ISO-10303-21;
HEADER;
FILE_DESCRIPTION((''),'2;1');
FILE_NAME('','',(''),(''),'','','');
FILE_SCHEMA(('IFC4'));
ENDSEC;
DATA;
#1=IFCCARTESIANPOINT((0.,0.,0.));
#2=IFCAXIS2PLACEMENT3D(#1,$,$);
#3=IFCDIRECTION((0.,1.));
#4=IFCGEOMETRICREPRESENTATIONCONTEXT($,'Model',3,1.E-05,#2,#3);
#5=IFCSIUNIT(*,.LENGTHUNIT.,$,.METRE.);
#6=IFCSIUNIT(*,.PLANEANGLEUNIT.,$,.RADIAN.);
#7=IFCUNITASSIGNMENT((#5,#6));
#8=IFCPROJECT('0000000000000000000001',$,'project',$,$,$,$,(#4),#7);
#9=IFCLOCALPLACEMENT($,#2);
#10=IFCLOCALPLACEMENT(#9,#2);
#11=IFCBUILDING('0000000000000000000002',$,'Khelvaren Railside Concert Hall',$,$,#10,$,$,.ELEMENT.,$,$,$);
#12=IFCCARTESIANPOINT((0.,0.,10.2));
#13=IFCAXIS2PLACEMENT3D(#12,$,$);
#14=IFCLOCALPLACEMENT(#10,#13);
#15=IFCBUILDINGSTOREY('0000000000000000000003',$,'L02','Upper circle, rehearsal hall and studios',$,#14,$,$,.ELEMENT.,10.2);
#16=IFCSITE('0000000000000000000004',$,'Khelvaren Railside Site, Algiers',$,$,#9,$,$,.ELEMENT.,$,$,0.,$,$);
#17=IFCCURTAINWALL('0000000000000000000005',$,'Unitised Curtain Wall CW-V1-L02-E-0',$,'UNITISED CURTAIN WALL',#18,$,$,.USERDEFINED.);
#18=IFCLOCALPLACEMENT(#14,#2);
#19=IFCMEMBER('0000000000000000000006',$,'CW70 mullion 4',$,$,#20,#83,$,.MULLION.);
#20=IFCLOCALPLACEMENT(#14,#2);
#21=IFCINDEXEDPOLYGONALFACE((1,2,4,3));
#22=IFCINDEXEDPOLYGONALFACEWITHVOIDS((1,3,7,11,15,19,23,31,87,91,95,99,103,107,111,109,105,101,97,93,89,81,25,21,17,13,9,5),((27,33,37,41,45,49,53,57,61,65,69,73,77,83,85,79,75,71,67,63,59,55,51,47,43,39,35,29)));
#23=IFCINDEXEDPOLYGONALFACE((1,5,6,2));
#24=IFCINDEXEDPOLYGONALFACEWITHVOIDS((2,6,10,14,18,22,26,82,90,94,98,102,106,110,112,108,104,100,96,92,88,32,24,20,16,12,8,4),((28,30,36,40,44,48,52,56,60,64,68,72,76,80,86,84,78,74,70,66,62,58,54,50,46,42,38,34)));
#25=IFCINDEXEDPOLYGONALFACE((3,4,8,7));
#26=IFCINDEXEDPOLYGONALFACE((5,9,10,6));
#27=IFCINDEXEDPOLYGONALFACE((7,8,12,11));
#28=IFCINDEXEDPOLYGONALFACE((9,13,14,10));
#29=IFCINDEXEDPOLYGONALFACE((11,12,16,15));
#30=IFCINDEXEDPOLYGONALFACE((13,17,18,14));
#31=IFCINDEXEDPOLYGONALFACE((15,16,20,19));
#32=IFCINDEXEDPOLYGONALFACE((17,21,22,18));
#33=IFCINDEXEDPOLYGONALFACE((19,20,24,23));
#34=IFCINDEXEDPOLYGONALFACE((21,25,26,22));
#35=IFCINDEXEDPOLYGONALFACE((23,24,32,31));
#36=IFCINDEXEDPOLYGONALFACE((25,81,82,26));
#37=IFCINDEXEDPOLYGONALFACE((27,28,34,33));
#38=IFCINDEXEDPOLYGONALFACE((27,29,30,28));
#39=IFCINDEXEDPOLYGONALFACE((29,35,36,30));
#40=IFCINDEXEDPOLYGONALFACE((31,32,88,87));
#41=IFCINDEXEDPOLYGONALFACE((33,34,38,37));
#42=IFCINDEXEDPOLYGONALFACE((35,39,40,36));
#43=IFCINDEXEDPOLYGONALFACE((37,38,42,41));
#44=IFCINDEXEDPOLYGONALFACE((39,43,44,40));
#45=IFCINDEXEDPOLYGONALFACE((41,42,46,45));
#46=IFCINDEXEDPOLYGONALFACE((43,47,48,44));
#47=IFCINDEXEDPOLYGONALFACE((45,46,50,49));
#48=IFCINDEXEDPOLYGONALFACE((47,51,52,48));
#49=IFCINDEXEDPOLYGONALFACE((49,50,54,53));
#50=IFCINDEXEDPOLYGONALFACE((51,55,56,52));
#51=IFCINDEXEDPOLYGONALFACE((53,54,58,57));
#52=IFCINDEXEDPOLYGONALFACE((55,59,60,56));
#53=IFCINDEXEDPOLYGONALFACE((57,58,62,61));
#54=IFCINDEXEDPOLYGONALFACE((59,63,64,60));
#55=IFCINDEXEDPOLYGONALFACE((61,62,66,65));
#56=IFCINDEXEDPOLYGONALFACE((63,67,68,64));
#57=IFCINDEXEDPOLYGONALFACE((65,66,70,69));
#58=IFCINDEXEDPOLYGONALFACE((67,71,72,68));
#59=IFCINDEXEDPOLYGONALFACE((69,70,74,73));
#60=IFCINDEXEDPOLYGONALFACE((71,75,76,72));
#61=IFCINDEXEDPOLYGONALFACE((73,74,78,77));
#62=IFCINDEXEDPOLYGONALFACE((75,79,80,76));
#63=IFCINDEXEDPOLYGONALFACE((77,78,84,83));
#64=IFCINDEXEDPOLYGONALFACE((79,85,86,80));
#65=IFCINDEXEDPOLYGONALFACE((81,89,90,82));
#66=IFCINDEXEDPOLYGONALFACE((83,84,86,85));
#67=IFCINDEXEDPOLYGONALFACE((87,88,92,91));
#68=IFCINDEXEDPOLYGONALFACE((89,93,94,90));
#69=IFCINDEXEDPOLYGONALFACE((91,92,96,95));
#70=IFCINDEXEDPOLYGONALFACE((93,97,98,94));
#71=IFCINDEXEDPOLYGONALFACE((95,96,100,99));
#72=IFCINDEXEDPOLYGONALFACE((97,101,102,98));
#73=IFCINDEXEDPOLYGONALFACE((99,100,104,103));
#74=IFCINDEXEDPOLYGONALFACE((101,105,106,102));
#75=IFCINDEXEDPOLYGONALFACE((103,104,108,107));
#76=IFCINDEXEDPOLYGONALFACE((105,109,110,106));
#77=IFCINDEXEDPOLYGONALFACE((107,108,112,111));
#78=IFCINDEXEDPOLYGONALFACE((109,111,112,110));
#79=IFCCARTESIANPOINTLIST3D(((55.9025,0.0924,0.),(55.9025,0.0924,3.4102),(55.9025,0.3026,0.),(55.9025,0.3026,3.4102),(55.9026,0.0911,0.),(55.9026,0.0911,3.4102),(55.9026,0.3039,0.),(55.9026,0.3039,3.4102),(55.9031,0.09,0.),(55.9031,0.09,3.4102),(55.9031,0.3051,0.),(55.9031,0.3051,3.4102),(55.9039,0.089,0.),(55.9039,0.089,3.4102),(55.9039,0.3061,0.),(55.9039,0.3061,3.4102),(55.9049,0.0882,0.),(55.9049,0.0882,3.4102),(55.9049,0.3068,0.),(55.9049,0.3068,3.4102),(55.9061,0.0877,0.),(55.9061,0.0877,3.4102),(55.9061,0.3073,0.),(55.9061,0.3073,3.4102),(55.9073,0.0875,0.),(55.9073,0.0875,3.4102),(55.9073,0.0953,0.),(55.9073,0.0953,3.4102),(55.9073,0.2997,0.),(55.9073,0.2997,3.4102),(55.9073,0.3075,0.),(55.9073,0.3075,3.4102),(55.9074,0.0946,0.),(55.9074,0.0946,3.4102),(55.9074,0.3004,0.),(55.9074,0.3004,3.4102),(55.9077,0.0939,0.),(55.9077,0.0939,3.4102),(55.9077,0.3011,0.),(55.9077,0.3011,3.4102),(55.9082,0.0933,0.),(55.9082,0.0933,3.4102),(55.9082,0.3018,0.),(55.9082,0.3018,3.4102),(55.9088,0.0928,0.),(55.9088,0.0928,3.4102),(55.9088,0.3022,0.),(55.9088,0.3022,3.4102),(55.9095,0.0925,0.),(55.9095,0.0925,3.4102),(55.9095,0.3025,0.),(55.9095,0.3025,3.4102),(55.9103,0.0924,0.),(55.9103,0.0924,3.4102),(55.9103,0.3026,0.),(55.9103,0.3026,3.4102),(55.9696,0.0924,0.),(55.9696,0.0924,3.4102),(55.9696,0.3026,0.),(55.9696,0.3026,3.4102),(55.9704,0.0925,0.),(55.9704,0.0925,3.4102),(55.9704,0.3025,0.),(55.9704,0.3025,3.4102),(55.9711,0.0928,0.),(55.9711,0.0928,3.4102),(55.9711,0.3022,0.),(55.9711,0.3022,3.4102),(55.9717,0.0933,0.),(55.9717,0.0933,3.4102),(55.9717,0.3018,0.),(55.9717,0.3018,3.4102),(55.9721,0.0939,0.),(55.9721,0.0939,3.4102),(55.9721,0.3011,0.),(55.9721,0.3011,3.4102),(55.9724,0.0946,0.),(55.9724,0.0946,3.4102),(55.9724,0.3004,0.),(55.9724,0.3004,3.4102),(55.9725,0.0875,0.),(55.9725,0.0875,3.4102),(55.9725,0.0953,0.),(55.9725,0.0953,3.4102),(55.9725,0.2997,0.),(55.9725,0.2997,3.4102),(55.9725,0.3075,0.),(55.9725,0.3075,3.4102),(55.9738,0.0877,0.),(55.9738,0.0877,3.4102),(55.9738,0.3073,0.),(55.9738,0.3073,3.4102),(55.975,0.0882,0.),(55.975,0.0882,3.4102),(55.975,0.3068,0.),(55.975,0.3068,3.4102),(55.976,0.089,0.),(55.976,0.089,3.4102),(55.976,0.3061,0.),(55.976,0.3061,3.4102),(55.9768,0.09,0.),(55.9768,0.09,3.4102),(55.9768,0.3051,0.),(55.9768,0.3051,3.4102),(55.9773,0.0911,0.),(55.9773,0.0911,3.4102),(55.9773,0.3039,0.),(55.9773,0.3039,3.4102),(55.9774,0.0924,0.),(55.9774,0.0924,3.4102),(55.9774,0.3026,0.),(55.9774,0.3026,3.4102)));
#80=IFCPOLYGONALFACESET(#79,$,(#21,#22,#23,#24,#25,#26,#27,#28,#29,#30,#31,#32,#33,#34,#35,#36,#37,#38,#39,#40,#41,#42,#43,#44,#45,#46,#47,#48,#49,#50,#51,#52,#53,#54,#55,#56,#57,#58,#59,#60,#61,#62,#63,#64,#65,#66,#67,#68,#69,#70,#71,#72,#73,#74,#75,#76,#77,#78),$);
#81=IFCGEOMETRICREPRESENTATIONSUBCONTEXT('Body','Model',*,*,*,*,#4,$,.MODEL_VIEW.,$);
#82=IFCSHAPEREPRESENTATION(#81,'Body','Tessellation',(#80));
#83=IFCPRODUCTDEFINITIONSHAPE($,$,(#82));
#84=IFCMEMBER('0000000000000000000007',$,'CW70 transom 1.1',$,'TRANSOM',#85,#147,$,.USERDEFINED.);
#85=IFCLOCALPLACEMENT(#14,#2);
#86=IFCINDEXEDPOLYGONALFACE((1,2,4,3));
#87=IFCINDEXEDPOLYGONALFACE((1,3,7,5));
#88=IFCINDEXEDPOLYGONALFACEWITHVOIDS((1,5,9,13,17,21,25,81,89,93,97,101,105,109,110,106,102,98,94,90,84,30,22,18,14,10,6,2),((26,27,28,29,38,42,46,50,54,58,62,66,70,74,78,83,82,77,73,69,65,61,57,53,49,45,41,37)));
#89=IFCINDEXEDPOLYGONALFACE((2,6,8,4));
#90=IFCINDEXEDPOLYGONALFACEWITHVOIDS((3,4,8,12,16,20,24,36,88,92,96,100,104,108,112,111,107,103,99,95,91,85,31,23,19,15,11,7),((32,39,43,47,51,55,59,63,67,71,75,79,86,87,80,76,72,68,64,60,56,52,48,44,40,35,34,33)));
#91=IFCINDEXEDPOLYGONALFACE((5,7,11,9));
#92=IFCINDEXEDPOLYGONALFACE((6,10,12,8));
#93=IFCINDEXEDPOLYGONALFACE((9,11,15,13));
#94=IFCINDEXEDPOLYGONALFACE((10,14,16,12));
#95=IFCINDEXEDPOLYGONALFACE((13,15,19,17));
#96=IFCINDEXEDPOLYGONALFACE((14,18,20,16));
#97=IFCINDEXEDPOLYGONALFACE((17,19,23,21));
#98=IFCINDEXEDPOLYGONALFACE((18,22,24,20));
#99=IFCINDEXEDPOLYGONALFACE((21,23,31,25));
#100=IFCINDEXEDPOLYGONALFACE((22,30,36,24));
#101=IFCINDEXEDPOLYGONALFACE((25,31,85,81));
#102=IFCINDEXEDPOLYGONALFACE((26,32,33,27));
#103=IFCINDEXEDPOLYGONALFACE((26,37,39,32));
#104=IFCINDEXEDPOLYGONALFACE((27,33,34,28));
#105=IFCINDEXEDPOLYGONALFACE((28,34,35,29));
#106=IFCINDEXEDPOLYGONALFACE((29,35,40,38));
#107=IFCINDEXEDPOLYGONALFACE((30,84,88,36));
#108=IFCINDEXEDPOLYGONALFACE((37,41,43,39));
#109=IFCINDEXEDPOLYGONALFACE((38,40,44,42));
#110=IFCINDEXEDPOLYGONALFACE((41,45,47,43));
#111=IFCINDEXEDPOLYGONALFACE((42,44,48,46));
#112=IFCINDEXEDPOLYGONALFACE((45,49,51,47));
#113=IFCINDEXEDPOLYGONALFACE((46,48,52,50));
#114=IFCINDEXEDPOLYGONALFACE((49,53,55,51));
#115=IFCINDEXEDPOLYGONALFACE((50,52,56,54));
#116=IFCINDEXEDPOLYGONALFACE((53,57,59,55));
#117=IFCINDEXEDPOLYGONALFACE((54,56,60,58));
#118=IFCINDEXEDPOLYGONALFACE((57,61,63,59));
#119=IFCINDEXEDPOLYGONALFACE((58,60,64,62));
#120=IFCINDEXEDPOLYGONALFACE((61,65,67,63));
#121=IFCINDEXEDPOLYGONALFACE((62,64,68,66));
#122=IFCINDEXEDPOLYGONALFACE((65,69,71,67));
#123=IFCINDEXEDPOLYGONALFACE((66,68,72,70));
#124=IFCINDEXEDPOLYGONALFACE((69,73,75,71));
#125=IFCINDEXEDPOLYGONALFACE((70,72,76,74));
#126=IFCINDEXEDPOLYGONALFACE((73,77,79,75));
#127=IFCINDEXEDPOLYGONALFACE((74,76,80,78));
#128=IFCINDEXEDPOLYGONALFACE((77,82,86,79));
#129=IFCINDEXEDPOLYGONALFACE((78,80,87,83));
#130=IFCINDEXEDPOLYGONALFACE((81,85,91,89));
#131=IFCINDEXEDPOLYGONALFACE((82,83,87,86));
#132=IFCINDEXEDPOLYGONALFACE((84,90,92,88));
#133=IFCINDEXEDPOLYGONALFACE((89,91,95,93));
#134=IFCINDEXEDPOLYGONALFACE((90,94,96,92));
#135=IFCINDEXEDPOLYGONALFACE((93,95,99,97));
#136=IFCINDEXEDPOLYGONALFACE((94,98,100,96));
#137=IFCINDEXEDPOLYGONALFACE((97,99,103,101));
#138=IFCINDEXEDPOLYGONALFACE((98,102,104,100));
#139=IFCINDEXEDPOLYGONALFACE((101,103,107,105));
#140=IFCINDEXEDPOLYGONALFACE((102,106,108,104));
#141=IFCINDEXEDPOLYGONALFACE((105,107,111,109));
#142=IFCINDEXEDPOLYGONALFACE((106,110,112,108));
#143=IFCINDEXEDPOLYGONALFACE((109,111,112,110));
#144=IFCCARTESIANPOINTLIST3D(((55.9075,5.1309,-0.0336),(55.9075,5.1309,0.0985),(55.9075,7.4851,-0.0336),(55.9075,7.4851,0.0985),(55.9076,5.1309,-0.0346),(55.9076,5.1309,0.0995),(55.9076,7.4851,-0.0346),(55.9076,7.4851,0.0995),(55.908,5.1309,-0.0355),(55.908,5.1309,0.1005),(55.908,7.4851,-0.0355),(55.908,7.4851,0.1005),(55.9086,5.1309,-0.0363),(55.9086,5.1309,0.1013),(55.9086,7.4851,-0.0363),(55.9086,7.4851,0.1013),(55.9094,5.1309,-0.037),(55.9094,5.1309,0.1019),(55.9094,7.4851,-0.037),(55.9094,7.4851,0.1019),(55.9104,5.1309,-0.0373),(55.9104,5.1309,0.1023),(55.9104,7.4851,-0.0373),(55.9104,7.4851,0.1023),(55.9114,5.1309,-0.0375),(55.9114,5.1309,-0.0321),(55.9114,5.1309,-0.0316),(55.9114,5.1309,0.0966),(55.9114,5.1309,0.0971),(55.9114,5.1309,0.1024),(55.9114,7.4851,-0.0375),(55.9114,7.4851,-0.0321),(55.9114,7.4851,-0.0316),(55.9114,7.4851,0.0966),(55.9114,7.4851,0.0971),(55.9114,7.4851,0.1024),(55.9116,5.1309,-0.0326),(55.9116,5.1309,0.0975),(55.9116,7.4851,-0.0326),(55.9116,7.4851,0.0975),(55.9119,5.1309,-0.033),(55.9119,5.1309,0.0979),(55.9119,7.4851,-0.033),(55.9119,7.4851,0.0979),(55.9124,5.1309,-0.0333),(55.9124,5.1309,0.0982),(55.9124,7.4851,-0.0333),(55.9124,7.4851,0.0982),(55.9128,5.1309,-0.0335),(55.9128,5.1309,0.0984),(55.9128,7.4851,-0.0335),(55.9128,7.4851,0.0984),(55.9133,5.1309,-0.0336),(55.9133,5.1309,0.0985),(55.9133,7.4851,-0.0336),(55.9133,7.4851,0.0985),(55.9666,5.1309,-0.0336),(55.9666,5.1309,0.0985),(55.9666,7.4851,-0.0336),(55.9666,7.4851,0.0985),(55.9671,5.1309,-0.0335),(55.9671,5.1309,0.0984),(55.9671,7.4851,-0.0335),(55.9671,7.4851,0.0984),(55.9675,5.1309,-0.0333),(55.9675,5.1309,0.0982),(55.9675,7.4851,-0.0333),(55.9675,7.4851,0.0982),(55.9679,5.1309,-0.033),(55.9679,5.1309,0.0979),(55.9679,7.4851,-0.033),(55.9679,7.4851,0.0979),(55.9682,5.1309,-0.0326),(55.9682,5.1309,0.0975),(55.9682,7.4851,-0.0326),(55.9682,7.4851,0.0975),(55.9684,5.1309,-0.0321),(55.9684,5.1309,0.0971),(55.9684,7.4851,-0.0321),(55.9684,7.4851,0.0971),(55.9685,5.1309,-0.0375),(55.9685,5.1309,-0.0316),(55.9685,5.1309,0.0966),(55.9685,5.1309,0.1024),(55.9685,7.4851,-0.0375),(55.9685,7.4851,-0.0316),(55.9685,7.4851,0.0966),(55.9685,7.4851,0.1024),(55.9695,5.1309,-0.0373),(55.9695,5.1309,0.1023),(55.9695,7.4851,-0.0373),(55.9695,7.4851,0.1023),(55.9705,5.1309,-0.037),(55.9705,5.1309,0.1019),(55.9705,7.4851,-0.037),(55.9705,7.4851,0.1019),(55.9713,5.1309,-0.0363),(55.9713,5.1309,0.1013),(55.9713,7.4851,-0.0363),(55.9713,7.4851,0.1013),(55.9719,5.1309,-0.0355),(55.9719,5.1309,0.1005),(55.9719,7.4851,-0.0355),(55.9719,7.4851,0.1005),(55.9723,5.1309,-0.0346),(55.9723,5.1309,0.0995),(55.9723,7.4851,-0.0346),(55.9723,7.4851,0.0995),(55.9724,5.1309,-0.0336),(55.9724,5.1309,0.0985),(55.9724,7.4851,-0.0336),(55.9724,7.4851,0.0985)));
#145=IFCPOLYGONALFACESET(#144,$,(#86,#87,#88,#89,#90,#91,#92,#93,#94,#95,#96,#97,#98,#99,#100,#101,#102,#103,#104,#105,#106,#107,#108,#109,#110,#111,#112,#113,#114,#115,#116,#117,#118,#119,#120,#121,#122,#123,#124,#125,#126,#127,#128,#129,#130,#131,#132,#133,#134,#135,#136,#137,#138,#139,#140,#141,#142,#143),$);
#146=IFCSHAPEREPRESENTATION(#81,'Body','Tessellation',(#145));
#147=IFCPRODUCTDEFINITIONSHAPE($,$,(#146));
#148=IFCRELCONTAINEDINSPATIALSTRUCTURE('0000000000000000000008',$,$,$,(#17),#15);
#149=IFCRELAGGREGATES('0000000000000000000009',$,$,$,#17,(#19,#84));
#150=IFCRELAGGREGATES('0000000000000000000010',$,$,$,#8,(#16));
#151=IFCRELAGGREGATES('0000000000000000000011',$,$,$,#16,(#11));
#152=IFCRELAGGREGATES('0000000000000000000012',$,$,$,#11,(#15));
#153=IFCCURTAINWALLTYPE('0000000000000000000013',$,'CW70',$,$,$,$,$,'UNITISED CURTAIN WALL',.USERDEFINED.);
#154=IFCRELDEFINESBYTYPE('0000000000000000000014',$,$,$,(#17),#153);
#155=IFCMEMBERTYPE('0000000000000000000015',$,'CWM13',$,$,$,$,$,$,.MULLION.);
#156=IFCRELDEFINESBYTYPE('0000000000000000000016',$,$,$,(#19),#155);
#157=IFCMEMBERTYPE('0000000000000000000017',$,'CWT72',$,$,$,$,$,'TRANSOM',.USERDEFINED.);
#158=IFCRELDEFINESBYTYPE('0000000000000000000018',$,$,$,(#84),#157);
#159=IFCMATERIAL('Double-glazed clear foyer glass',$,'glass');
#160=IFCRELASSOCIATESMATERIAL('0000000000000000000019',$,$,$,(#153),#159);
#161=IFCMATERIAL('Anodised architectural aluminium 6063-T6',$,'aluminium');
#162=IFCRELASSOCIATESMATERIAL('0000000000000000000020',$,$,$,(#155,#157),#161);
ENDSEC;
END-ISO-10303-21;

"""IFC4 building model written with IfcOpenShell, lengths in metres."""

from ifc_helpers import new_model, si_unit, direction, frame, origin, origin_2d, place, context, subcontext, project, spatial, hollow_rectangle, extrude, material, material_profile, profile_set, type_object, element, aggregate, save


model = new_model("IFC4")

# Units and contexts
model_context = context("Model", 3, precision=1e-05, world=origin(), true_north=direction((0.0, 1.0)))
body_context = subcontext(model_context, "Body", "Model", "MODEL_VIEW")
ifc_project = project(units=[si_unit("LENGTHUNIT", "METRE"), si_unit("PLANEANGLEUNIT", "RADIAN")], contexts=[model_context])

# Site, building, storey
site_placement = place(None, origin())
site = spatial("IfcSite", under=ifc_project, at=site_placement, Name="Khelvaren Railside Site, Algiers", CompositionType="ELEMENT", RefElevation=0.0)
building_placement = place(site_placement, origin())
building = spatial("IfcBuilding", under=site, at=building_placement, Name="Khelvaren Railside Concert Hall", CompositionType="ELEMENT")
storey_placement = place(building_placement, frame((0.0, 0.0, 10.2)))
storey = spatial("IfcBuildingStorey", under=building, at=storey_placement, Name="L02", Description="Upper circle, rehearsal hall and studios", CompositionType="ELEMENT", Elevation=10.2)

# Curtain wall, members
ifc_material_1 = material(Name="Double-glazed clear foyer glass", Category="glass")
curtain_wall_type = type_object("IfcCurtainWallType", Name="CW70", ElementType="UNITISED CURTAIN WALL", PredefinedType="USERDEFINED", material=ifc_material_1)
curtain_wall_placement = place(storey_placement, origin())
curtain_wall = element("IfcCurtainWall", 1, at=curtain_wall_placement, inside=storey, type_object=curtain_wall_type, Name="Unitised Curtain Wall CW-V1-L02-E-0", ObjectType="UNITISED CURTAIN WALL", PredefinedType="USERDEFINED")
ifc_material_2 = material(Name="Anodised architectural aluminium 6063-T6", Category="aluminium")
ifc_material_profile_1 = material_profile(ifc_material_2, hollow_rectangle(XDim=0.075, YDim=0.22, WallThickness=0.0049, InnerFilletRadius=0.0029, OuterFilletRadius=0.0049, at=origin_2d()), Name="CWM 75x220x5")
ifc_profile_set_1 = profile_set([ifc_material_profile_1], Name="Anodised architectural aluminium 6063-T6")
member_type_1 = type_object("IfcMemberType", Name="CWM13", PredefinedType="MULLION", material=ifc_profile_set_1)
member_1_placement = place(storey_placement, frame((55.9399, 0.1975, 0.0), z_axis=(0.0, 0.0, 1.0), x_axis=(1.0, 0.0, 0.0)))
member_1 = element("IfcMember", 2, at=member_1_placement, type_object=member_type_1, Name="CW70 mullion 4", PredefinedType="MULLION", context=body_context, shape_type="SweptSolid", body=[
    extrude(hollow_rectangle(XDim=0.075, YDim=0.22, WallThickness=0.0049, InnerFilletRadius=0.0029, OuterFilletRadius=0.0049, at=origin_2d()), origin(), (0.0, 0.0, 1.0), 3.4102),
])
ifc_material_profile_2 = material_profile(ifc_material_2, hollow_rectangle(XDim=0.0649, YDim=0.1399, WallThickness=0.0039, InnerFilletRadius=0.002, OuterFilletRadius=0.0039, at=origin_2d()), Name="CWT 65x140x4")
ifc_profile_set_2 = profile_set([ifc_material_profile_2], Name="Anodised architectural aluminium 6063-T6")
member_type_2 = type_object("IfcMemberType", Name="CWT72", ElementType="TRANSOM", PredefinedType="USERDEFINED", material=ifc_profile_set_2)
member_2_placement = place(storey_placement, frame((55.9399, 7.4851, 0.0325), z_axis=(0.0, -1.0, 0.0), x_axis=(1.0, 0.0, 0.0)))
member_2 = element("IfcMember", 3, at=member_2_placement, type_object=member_type_2, Name="CW70 transom 1.1", ObjectType="TRANSOM", PredefinedType="USERDEFINED", context=body_context, shape_type="SweptSolid", body=[
    extrude(hollow_rectangle(XDim=0.0649, YDim=0.1399, WallThickness=0.0039, InnerFilletRadius=0.002, OuterFilletRadius=0.0039, at=origin_2d()), origin(), (0.0, 0.0, 1.0), 2.3542),
])
aggregate(curtain_wall, [member_1, member_2])

save(model, "model.ifc")
